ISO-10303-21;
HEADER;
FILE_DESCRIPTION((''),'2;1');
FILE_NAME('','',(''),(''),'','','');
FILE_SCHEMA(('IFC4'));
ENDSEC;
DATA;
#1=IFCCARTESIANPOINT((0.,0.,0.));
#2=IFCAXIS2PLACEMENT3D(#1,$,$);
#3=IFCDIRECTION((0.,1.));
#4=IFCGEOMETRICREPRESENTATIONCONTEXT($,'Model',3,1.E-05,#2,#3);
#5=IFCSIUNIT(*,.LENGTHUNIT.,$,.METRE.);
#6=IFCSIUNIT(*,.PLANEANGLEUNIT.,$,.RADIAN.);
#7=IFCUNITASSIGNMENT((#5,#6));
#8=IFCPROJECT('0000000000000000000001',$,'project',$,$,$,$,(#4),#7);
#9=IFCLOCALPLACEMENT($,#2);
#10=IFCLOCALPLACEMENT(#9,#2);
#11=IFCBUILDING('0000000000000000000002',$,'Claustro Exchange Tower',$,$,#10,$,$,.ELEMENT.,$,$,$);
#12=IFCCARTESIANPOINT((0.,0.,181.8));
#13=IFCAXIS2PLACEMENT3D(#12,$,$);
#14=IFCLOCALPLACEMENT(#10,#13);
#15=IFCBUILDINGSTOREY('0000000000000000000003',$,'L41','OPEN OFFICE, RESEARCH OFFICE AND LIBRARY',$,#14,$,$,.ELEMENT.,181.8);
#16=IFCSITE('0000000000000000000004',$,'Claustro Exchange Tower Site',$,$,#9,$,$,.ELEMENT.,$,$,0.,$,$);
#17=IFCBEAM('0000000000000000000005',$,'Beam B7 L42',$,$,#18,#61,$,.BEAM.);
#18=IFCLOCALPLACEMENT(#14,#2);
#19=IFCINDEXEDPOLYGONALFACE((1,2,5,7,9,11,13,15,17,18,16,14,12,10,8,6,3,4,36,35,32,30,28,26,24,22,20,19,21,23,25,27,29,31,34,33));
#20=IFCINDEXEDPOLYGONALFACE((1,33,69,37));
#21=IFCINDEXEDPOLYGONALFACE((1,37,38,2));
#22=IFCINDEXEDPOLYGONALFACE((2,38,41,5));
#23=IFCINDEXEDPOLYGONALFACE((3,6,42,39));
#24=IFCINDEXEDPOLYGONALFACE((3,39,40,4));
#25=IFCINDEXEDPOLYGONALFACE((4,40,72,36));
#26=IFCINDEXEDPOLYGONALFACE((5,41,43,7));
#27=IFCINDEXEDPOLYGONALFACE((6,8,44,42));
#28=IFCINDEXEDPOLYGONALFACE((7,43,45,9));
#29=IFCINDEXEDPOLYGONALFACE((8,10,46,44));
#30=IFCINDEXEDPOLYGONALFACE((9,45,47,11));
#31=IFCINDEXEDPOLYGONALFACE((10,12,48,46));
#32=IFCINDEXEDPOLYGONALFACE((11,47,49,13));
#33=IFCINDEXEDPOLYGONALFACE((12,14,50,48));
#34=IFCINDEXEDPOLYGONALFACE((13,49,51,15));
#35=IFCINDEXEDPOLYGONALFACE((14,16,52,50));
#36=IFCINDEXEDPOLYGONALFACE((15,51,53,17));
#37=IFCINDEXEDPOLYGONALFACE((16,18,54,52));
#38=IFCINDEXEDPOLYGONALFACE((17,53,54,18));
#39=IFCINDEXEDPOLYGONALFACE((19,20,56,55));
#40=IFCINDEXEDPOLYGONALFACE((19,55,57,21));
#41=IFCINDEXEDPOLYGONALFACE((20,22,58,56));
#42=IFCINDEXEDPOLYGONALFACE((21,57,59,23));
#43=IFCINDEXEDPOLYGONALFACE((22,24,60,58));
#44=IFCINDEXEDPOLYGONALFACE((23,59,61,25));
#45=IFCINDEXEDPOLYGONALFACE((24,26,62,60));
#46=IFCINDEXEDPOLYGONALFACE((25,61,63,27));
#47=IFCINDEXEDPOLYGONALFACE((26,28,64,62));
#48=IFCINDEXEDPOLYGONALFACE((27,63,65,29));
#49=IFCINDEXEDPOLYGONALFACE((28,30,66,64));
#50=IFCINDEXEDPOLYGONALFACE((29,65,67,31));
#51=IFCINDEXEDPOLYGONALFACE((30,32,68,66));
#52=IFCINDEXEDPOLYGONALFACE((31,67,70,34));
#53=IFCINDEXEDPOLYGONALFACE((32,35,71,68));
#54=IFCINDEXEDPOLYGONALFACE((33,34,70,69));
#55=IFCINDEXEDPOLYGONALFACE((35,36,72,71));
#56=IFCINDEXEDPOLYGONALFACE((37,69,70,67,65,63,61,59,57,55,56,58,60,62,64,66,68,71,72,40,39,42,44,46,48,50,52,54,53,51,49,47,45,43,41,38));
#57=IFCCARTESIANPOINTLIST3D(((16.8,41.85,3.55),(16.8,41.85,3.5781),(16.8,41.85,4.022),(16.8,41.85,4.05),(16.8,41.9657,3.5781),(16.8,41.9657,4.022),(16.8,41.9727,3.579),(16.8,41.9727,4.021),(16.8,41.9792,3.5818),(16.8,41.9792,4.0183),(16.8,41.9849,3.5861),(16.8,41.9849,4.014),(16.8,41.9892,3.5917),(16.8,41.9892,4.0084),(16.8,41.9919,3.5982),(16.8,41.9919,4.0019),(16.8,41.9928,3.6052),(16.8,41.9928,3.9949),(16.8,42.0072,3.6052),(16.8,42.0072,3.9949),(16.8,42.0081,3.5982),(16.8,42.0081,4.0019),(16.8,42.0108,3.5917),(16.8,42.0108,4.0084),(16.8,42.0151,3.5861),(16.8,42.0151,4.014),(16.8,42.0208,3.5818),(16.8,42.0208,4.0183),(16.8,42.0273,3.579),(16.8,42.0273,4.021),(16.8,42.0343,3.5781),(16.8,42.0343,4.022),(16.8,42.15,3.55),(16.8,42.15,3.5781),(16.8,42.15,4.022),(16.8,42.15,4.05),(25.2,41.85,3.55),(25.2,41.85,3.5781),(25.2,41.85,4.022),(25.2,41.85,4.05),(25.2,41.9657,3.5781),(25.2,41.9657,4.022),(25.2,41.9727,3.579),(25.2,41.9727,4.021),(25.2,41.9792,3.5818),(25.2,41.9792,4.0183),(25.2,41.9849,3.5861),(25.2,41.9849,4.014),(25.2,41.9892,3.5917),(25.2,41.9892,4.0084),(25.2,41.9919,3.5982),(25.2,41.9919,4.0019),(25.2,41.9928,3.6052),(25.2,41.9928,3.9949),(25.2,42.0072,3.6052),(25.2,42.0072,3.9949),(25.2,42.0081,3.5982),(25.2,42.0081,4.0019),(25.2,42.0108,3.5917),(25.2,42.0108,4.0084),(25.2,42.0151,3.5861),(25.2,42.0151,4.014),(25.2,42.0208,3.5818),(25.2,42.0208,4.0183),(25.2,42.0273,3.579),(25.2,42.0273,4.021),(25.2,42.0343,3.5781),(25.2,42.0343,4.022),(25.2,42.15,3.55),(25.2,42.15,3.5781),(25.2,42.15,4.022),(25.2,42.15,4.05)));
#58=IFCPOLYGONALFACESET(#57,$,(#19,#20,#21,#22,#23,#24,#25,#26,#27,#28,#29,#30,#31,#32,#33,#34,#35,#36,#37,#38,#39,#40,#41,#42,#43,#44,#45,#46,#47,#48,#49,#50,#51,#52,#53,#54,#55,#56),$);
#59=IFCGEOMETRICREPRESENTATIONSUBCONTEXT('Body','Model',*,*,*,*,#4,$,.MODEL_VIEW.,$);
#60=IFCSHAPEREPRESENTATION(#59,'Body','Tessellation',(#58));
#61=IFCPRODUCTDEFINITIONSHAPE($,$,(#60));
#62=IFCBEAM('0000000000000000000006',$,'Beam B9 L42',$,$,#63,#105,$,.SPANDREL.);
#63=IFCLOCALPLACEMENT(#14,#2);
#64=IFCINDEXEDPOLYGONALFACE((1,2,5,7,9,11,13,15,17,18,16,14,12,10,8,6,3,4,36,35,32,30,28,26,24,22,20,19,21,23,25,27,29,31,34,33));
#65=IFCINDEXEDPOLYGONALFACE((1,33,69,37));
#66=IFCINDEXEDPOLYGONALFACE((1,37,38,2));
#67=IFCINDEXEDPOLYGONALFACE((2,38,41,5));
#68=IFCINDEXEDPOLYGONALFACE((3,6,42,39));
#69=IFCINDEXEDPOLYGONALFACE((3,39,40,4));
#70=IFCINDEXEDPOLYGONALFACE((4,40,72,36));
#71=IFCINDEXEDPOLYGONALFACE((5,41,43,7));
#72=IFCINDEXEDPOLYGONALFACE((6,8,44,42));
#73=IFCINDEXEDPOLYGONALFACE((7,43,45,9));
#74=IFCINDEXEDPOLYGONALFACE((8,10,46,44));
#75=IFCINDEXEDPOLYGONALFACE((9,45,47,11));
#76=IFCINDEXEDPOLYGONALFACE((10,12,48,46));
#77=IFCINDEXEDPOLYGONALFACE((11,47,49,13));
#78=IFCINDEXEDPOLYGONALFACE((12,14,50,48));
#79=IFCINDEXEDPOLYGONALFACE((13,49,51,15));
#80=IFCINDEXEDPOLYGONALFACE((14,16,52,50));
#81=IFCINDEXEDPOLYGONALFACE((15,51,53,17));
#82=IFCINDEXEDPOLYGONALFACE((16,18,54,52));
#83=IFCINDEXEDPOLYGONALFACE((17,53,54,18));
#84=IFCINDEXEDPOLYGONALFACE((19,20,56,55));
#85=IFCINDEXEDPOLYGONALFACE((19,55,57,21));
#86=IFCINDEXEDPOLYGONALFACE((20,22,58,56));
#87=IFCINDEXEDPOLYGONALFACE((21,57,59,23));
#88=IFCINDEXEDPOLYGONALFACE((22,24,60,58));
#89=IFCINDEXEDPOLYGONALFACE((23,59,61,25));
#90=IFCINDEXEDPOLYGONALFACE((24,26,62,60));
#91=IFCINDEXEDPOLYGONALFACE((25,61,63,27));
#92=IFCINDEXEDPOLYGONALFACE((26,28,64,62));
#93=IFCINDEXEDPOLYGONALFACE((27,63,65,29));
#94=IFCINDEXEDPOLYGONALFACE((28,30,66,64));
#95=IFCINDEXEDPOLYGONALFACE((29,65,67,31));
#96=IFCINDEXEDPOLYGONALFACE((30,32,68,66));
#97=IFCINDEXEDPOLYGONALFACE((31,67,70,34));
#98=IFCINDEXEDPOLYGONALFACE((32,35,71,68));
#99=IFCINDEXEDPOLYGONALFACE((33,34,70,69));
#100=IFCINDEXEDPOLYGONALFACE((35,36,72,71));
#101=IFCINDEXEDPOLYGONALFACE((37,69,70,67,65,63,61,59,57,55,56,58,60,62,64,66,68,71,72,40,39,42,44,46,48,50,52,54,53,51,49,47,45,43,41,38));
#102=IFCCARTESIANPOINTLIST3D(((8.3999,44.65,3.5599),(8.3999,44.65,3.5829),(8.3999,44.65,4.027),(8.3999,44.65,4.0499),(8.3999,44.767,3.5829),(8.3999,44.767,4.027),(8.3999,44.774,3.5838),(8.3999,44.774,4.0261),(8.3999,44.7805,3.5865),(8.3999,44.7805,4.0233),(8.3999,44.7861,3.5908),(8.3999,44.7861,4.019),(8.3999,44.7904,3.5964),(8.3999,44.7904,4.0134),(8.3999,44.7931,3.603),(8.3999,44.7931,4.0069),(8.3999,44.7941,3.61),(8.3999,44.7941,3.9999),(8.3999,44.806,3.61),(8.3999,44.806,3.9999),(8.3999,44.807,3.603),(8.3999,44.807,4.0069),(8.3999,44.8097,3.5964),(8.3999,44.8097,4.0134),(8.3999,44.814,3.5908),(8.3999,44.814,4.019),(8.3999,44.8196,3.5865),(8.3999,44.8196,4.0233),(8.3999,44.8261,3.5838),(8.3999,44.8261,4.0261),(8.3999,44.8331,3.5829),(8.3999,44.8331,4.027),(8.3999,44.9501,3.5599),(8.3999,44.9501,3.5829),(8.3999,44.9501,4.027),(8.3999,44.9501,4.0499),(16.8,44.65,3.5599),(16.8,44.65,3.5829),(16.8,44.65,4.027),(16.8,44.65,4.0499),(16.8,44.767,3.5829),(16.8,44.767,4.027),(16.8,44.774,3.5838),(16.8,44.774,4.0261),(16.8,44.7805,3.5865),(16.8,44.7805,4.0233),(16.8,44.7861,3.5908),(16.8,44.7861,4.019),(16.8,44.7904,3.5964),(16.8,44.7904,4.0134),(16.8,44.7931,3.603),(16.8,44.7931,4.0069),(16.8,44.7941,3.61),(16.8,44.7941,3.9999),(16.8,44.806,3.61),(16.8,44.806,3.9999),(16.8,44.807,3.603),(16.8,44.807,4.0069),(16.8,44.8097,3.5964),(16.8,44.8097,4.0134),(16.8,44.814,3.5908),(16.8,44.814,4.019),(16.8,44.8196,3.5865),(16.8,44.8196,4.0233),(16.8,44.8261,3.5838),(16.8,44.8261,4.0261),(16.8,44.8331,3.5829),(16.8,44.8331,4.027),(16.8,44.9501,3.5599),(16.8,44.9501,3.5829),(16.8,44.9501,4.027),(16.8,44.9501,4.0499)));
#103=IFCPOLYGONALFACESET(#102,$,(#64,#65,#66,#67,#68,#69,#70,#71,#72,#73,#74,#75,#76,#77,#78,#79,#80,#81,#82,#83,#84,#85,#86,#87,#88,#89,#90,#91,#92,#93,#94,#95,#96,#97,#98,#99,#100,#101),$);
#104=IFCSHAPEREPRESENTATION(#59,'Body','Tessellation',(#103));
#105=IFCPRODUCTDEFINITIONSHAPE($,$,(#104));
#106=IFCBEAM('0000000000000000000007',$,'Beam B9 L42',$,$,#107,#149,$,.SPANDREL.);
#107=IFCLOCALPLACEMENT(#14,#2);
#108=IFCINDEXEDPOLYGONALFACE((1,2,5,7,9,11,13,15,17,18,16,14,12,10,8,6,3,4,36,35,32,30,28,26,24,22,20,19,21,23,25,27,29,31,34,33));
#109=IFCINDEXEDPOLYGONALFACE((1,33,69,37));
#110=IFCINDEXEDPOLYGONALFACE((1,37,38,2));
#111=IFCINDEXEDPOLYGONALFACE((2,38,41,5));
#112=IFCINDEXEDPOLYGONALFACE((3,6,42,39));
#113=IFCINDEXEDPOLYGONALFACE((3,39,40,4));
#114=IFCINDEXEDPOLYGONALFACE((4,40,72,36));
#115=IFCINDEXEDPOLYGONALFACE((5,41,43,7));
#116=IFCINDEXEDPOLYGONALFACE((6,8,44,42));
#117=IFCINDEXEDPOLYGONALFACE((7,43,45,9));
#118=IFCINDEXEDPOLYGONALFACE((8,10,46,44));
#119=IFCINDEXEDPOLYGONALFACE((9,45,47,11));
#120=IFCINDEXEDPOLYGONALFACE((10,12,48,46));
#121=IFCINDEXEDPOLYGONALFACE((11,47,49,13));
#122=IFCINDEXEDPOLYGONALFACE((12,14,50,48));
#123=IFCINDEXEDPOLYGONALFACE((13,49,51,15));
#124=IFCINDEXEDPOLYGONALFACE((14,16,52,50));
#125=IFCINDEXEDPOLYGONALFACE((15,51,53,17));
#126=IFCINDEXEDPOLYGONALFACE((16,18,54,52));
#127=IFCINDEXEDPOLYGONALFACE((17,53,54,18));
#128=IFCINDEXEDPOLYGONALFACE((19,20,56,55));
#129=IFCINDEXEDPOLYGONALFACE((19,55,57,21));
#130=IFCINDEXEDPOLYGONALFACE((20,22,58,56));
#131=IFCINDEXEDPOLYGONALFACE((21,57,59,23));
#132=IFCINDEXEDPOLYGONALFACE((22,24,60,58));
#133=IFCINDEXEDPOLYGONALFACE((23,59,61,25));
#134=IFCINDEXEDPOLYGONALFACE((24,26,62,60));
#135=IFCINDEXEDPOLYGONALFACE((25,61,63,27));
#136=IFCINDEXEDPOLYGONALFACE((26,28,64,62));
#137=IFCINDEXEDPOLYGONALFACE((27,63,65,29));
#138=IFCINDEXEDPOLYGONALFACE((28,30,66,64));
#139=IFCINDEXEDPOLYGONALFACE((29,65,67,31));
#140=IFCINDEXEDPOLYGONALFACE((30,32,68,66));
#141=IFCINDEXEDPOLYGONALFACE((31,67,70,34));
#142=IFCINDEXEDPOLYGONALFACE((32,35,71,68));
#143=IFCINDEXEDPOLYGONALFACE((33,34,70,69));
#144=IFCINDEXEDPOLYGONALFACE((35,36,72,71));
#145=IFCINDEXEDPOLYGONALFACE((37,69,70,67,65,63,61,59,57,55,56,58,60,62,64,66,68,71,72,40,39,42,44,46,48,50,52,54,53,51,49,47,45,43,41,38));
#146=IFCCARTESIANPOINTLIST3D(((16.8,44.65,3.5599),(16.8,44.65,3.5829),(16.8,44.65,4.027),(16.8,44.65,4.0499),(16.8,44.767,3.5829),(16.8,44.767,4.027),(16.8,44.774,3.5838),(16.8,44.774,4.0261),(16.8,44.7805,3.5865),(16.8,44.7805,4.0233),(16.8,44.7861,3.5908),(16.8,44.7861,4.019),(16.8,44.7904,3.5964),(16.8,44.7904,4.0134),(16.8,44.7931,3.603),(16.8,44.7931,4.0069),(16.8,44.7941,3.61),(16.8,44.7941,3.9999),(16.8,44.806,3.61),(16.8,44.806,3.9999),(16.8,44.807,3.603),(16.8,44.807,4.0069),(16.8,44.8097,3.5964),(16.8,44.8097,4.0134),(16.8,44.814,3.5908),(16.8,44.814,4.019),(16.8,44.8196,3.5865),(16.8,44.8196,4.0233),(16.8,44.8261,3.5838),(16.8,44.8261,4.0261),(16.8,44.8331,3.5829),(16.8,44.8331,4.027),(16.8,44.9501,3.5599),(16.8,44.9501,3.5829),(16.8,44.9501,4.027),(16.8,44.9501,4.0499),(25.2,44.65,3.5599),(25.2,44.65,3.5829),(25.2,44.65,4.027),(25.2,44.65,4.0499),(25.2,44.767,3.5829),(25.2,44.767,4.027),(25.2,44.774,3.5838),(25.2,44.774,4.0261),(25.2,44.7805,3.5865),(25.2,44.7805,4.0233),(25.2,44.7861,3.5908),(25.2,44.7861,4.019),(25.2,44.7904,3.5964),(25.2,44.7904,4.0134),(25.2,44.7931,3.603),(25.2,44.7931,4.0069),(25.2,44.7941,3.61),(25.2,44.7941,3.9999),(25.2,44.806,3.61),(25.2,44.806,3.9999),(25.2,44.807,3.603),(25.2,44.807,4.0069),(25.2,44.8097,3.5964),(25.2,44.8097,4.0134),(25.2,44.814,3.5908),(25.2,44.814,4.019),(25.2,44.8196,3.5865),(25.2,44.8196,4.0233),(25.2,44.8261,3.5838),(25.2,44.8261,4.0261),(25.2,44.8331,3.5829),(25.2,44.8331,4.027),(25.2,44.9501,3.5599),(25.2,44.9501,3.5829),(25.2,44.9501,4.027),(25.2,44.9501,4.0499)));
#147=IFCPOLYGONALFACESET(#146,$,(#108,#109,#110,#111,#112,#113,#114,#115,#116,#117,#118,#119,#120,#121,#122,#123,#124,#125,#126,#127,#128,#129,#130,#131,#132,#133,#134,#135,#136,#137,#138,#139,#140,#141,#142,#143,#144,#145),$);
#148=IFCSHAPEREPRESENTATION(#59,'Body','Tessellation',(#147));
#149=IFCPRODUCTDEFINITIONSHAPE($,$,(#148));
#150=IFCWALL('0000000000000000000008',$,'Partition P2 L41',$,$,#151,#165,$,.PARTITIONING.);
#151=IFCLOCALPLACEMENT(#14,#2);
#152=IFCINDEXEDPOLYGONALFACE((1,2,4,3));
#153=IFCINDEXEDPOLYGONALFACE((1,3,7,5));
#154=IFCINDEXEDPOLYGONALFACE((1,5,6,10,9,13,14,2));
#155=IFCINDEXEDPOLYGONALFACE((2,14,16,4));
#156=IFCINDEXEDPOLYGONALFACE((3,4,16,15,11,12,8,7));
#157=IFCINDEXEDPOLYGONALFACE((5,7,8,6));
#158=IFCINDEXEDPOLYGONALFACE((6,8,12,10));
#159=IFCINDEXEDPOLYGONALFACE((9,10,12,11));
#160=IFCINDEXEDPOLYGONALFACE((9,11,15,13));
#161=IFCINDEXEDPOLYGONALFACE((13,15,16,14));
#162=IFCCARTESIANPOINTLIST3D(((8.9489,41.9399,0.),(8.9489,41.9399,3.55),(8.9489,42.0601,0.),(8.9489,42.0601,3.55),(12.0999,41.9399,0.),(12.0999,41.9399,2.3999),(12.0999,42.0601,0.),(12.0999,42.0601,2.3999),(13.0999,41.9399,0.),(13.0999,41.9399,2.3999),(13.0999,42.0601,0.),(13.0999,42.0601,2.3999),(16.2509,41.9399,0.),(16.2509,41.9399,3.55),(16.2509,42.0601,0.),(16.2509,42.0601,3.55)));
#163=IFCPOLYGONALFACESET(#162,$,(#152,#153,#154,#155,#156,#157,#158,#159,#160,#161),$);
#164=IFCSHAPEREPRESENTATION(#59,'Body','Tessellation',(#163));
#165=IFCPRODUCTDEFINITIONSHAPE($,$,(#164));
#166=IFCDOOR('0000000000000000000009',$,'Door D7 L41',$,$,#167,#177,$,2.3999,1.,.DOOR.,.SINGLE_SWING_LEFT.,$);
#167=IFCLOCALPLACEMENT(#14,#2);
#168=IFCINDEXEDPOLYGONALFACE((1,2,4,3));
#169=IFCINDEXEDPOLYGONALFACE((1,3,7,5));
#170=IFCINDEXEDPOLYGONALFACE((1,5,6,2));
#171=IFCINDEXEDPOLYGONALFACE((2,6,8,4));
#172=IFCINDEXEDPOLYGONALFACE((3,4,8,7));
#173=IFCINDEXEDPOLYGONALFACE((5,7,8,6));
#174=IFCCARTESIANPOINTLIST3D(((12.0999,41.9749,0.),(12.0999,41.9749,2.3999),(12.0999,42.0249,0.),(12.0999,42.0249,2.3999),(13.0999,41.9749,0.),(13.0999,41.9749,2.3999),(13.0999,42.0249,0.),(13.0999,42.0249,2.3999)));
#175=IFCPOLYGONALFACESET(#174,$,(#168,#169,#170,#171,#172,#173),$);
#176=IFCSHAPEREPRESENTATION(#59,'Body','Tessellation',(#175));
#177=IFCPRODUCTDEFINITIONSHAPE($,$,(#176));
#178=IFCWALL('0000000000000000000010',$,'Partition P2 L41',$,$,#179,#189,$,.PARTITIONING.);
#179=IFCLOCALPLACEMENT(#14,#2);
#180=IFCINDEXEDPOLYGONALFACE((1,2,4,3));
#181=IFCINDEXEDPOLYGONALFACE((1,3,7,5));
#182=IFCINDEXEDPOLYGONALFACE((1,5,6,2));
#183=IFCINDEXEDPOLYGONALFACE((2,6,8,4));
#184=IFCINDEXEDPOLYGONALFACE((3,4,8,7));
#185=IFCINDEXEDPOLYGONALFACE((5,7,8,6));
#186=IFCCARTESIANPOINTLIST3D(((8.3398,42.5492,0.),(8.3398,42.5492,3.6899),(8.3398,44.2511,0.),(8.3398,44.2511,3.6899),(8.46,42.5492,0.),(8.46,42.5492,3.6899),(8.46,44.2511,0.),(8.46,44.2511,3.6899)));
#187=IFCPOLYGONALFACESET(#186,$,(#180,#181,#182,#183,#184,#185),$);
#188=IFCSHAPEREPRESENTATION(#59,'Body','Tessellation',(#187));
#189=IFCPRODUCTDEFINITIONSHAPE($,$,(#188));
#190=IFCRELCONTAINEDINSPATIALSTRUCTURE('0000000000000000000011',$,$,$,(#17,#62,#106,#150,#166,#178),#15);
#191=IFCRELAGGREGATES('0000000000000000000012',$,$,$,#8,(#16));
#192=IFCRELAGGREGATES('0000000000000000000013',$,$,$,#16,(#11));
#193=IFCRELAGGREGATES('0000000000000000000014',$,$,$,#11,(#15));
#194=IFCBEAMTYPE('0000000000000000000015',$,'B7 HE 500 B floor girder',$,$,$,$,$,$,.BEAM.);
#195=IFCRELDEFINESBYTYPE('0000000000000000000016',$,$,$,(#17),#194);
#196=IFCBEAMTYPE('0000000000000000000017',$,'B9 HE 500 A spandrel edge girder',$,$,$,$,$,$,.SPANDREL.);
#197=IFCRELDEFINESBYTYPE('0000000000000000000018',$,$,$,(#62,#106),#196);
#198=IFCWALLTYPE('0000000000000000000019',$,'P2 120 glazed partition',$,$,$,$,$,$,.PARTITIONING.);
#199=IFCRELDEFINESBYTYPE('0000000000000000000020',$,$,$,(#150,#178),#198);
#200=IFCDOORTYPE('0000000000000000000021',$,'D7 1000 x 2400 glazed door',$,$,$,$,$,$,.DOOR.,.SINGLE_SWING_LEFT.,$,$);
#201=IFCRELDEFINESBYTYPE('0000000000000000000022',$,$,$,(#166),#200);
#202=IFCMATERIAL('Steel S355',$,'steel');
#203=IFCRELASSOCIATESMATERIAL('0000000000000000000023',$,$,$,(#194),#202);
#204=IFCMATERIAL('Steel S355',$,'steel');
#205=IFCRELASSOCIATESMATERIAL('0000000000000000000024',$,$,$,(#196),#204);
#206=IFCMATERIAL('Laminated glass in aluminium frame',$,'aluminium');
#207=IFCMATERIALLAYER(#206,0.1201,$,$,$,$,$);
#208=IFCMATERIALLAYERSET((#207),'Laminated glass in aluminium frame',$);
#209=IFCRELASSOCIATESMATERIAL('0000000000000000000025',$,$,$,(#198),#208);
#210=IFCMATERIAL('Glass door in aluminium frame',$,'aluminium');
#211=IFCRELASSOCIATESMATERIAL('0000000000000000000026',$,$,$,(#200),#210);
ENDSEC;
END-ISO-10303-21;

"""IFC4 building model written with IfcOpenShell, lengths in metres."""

from ifc_helpers import new_model, si_unit, direction, frame, frame_2d, origin, origin_2d, place, context, subcontext, project, spatial, rectangle, i_section, extrude, material, layer, layer_set, material_profile, profile_set, type_object, element, fill, save


model = new_model("IFC4")

# Units and contexts
model_context = context("Model", 3, precision=1e-05, world=origin(), true_north=direction((0.0, 1.0)))
body_context = subcontext(model_context, "Body", "Model", "MODEL_VIEW")
ifc_project = project(units=[si_unit("LENGTHUNIT", "METRE"), si_unit("PLANEANGLEUNIT", "RADIAN")], contexts=[model_context])

# Site, building, storey
site_placement = place(None, origin())
site = spatial("IfcSite", under=ifc_project, at=site_placement, Name="Claustro Exchange Tower Site", CompositionType="ELEMENT", RefElevation=0.0)
building_placement = place(site_placement, origin())
building = spatial("IfcBuilding", under=site, at=building_placement, Name="Claustro Exchange Tower", CompositionType="ELEMENT")
storey_placement = place(building_placement, frame((0.0, 0.0, 181.8)))
storey = spatial("IfcBuildingStorey", under=building, at=storey_placement, Name="L41", Description="OPEN OFFICE, RESEARCH OFFICE AND LIBRARY", CompositionType="ELEMENT", Elevation=181.8)

# Beams
ifc_material_1 = material(Name="Steel S355", Category="steel")
ifc_material_profile_1 = material_profile(ifc_material_1, i_section(OverallWidth=0.3, OverallDepth=0.5, WebThickness=0.0144, FlangeThickness=0.0281, FilletRadius=0.0271, at=origin_2d()), Name="HE 500 B")
ifc_profile_set_1 = profile_set([ifc_material_profile_1], Name="Steel S355")
beam_type_1 = type_object("IfcBeamType", Name="B7 HE 500 B floor girder", PredefinedType="BEAM", material=ifc_profile_set_1)
beam_1_placement = place(storey_placement, frame((16.8, 42.0, 3.8), z_axis=(1.0, 0.0, 0.0), x_axis=(0.0, 1.0, 0.0)))
element("IfcBeam", 1, at=beam_1_placement, inside=storey, type_object=beam_type_1, Name="Beam B7 L42", PredefinedType="BEAM", context=body_context, shape_type="SweptSolid", body=[
    extrude(i_section(OverallWidth=0.3, OverallDepth=0.5, WebThickness=0.0144, FlangeThickness=0.0281, FilletRadius=0.0271, at=origin_2d()), origin(), (0.0, 0.0, 1.0), 8.3999),
])
ifc_material_2 = material(Name="Steel S355", Category="steel")
ifc_material_profile_2 = material_profile(ifc_material_2, i_section(OverallWidth=0.3, OverallDepth=0.49, WebThickness=0.012, FlangeThickness=0.0229, FilletRadius=0.0271, at=origin_2d()), Name="HE 500 A")
ifc_profile_set_2 = profile_set([ifc_material_profile_2], Name="Steel S355")
beam_type_2 = type_object("IfcBeamType", Name="B9 HE 500 A spandrel edge girder", PredefinedType="SPANDREL", material=ifc_profile_set_2)
beam_2_placement = place(storey_placement, frame((8.3999, 44.8, 3.8049), z_axis=(1.0, 0.0, 0.0), x_axis=(0.0, 1.0, 0.0)))
element("IfcBeam", 2, at=beam_2_placement, inside=storey, type_object=beam_type_2, Name="Beam B9 L42", PredefinedType="SPANDREL", context=body_context, shape_type="SweptSolid", body=[
    extrude(i_section(OverallWidth=0.3, OverallDepth=0.49, WebThickness=0.012, FlangeThickness=0.0229, FilletRadius=0.0271, at=origin_2d()), origin(), (0.0, 0.0, 1.0), 8.4001),
])
beam_3_placement = place(storey_placement, frame((16.8, 44.8, 3.8049), z_axis=(1.0, 0.0, 0.0), x_axis=(0.0, 1.0, 0.0)))
element("IfcBeam", 3, at=beam_3_placement, inside=storey, type_object=beam_type_2, Name="Beam B9 L42", PredefinedType="SPANDREL", context=body_context, shape_type="SweptSolid", body=[
    extrude(i_section(OverallWidth=0.3, OverallDepth=0.49, WebThickness=0.012, FlangeThickness=0.0229, FilletRadius=0.0271, at=origin_2d()), origin(), (0.0, 0.0, 1.0), 8.3999),
])

# Wall, opening, door
ifc_material_3 = material(Name="Laminated glass in aluminium frame", Category="aluminium")
ifc_layer_1 = layer(ifc_material_3, 0.1201)
ifc_layer_set_1 = layer_set([ifc_layer_1], Name="Laminated glass in aluminium frame")
wall_type_1 = type_object("IfcWallType", Name="P2 120 glazed partition", PredefinedType="PARTITIONING", material=ifc_layer_set_1)
wall_1_placement = place(storey_placement, frame((8.949, 42.0, 0.0), z_axis=(0.0, 0.0, 1.0), x_axis=(1.0, 0.0, 0.0)))
wall_1 = element("IfcWall", 4, at=wall_1_placement, inside=storey, type_object=wall_type_1, Name="Partition P2 L41", PredefinedType="PARTITIONING", context=body_context, shape_type="SweptSolid", body=[
    extrude(rectangle(XDim=7.302, YDim=0.1201, at=frame_2d((3.6509, 0.0))), origin(), (0.0, 0.0, 1.0), 3.55),
])
opening_1_placement = place(wall_1_placement, frame((3.1509, 0.0, 0.0)))
opening_1 = element("IfcOpeningElement", 5, at=opening_1_placement, cuts=wall_1, PredefinedType="OPENING", context=body_context, shape_type="SweptSolid", body=[
    extrude(rectangle(XDim=1.0, YDim=2.3999, at=frame_2d((0.5, 1.2))), frame((0.0, 0.0701, 0.0), z_axis=(0.0, -1.0, 0.0), x_axis=(1.0, 0.0, 0.0)), (0.0, 0.0, 1.0), 0.1401),
])
ifc_material_4 = material(Name="Glass door in aluminium frame", Category="aluminium")
door_type_1 = type_object("IfcDoorType", Name="D7 1000 x 2400 glazed door", OperationType="SINGLE_SWING_LEFT", PredefinedType="DOOR", material=ifc_material_4)
door_1_placement = place(opening_1_placement, origin())
door_1 = element("IfcDoor", 6, at=door_1_placement, inside=storey, type_object=door_type_1, Name="Door D7 L41", OperationType="SINGLE_SWING_LEFT", OverallHeight=2.3999, OverallWidth=1.0, PredefinedType="DOOR", context=body_context, shape_type="SweptSolid", body=[
    extrude(rectangle(XDim=1.0, YDim=2.3999, at=frame_2d((0.5, 1.2))), frame((0.0, 0.0249, 0.0), z_axis=(0.0, -1.0, 0.0), x_axis=(1.0, 0.0, 0.0)), (0.0, 0.0, 1.0), 0.05),
])
fill(opening_1, door_1)

# Wall
wall_2_placement = place(storey_placement, frame((8.3999, 42.5491, 0.0), z_axis=(0.0, 0.0, 1.0), x_axis=(0.0, 1.0, 0.0)))
element("IfcWall", 7, at=wall_2_placement, inside=storey, type_object=wall_type_1, Name="Partition P2 L41", PredefinedType="PARTITIONING", context=body_context, shape_type="SweptSolid", body=[
    extrude(rectangle(XDim=1.7019, YDim=0.1201, at=frame_2d((0.8511, 0.0))), origin(), (0.0, 0.0, 1.0), 3.6899),
])

save(model, "model.ifc")
